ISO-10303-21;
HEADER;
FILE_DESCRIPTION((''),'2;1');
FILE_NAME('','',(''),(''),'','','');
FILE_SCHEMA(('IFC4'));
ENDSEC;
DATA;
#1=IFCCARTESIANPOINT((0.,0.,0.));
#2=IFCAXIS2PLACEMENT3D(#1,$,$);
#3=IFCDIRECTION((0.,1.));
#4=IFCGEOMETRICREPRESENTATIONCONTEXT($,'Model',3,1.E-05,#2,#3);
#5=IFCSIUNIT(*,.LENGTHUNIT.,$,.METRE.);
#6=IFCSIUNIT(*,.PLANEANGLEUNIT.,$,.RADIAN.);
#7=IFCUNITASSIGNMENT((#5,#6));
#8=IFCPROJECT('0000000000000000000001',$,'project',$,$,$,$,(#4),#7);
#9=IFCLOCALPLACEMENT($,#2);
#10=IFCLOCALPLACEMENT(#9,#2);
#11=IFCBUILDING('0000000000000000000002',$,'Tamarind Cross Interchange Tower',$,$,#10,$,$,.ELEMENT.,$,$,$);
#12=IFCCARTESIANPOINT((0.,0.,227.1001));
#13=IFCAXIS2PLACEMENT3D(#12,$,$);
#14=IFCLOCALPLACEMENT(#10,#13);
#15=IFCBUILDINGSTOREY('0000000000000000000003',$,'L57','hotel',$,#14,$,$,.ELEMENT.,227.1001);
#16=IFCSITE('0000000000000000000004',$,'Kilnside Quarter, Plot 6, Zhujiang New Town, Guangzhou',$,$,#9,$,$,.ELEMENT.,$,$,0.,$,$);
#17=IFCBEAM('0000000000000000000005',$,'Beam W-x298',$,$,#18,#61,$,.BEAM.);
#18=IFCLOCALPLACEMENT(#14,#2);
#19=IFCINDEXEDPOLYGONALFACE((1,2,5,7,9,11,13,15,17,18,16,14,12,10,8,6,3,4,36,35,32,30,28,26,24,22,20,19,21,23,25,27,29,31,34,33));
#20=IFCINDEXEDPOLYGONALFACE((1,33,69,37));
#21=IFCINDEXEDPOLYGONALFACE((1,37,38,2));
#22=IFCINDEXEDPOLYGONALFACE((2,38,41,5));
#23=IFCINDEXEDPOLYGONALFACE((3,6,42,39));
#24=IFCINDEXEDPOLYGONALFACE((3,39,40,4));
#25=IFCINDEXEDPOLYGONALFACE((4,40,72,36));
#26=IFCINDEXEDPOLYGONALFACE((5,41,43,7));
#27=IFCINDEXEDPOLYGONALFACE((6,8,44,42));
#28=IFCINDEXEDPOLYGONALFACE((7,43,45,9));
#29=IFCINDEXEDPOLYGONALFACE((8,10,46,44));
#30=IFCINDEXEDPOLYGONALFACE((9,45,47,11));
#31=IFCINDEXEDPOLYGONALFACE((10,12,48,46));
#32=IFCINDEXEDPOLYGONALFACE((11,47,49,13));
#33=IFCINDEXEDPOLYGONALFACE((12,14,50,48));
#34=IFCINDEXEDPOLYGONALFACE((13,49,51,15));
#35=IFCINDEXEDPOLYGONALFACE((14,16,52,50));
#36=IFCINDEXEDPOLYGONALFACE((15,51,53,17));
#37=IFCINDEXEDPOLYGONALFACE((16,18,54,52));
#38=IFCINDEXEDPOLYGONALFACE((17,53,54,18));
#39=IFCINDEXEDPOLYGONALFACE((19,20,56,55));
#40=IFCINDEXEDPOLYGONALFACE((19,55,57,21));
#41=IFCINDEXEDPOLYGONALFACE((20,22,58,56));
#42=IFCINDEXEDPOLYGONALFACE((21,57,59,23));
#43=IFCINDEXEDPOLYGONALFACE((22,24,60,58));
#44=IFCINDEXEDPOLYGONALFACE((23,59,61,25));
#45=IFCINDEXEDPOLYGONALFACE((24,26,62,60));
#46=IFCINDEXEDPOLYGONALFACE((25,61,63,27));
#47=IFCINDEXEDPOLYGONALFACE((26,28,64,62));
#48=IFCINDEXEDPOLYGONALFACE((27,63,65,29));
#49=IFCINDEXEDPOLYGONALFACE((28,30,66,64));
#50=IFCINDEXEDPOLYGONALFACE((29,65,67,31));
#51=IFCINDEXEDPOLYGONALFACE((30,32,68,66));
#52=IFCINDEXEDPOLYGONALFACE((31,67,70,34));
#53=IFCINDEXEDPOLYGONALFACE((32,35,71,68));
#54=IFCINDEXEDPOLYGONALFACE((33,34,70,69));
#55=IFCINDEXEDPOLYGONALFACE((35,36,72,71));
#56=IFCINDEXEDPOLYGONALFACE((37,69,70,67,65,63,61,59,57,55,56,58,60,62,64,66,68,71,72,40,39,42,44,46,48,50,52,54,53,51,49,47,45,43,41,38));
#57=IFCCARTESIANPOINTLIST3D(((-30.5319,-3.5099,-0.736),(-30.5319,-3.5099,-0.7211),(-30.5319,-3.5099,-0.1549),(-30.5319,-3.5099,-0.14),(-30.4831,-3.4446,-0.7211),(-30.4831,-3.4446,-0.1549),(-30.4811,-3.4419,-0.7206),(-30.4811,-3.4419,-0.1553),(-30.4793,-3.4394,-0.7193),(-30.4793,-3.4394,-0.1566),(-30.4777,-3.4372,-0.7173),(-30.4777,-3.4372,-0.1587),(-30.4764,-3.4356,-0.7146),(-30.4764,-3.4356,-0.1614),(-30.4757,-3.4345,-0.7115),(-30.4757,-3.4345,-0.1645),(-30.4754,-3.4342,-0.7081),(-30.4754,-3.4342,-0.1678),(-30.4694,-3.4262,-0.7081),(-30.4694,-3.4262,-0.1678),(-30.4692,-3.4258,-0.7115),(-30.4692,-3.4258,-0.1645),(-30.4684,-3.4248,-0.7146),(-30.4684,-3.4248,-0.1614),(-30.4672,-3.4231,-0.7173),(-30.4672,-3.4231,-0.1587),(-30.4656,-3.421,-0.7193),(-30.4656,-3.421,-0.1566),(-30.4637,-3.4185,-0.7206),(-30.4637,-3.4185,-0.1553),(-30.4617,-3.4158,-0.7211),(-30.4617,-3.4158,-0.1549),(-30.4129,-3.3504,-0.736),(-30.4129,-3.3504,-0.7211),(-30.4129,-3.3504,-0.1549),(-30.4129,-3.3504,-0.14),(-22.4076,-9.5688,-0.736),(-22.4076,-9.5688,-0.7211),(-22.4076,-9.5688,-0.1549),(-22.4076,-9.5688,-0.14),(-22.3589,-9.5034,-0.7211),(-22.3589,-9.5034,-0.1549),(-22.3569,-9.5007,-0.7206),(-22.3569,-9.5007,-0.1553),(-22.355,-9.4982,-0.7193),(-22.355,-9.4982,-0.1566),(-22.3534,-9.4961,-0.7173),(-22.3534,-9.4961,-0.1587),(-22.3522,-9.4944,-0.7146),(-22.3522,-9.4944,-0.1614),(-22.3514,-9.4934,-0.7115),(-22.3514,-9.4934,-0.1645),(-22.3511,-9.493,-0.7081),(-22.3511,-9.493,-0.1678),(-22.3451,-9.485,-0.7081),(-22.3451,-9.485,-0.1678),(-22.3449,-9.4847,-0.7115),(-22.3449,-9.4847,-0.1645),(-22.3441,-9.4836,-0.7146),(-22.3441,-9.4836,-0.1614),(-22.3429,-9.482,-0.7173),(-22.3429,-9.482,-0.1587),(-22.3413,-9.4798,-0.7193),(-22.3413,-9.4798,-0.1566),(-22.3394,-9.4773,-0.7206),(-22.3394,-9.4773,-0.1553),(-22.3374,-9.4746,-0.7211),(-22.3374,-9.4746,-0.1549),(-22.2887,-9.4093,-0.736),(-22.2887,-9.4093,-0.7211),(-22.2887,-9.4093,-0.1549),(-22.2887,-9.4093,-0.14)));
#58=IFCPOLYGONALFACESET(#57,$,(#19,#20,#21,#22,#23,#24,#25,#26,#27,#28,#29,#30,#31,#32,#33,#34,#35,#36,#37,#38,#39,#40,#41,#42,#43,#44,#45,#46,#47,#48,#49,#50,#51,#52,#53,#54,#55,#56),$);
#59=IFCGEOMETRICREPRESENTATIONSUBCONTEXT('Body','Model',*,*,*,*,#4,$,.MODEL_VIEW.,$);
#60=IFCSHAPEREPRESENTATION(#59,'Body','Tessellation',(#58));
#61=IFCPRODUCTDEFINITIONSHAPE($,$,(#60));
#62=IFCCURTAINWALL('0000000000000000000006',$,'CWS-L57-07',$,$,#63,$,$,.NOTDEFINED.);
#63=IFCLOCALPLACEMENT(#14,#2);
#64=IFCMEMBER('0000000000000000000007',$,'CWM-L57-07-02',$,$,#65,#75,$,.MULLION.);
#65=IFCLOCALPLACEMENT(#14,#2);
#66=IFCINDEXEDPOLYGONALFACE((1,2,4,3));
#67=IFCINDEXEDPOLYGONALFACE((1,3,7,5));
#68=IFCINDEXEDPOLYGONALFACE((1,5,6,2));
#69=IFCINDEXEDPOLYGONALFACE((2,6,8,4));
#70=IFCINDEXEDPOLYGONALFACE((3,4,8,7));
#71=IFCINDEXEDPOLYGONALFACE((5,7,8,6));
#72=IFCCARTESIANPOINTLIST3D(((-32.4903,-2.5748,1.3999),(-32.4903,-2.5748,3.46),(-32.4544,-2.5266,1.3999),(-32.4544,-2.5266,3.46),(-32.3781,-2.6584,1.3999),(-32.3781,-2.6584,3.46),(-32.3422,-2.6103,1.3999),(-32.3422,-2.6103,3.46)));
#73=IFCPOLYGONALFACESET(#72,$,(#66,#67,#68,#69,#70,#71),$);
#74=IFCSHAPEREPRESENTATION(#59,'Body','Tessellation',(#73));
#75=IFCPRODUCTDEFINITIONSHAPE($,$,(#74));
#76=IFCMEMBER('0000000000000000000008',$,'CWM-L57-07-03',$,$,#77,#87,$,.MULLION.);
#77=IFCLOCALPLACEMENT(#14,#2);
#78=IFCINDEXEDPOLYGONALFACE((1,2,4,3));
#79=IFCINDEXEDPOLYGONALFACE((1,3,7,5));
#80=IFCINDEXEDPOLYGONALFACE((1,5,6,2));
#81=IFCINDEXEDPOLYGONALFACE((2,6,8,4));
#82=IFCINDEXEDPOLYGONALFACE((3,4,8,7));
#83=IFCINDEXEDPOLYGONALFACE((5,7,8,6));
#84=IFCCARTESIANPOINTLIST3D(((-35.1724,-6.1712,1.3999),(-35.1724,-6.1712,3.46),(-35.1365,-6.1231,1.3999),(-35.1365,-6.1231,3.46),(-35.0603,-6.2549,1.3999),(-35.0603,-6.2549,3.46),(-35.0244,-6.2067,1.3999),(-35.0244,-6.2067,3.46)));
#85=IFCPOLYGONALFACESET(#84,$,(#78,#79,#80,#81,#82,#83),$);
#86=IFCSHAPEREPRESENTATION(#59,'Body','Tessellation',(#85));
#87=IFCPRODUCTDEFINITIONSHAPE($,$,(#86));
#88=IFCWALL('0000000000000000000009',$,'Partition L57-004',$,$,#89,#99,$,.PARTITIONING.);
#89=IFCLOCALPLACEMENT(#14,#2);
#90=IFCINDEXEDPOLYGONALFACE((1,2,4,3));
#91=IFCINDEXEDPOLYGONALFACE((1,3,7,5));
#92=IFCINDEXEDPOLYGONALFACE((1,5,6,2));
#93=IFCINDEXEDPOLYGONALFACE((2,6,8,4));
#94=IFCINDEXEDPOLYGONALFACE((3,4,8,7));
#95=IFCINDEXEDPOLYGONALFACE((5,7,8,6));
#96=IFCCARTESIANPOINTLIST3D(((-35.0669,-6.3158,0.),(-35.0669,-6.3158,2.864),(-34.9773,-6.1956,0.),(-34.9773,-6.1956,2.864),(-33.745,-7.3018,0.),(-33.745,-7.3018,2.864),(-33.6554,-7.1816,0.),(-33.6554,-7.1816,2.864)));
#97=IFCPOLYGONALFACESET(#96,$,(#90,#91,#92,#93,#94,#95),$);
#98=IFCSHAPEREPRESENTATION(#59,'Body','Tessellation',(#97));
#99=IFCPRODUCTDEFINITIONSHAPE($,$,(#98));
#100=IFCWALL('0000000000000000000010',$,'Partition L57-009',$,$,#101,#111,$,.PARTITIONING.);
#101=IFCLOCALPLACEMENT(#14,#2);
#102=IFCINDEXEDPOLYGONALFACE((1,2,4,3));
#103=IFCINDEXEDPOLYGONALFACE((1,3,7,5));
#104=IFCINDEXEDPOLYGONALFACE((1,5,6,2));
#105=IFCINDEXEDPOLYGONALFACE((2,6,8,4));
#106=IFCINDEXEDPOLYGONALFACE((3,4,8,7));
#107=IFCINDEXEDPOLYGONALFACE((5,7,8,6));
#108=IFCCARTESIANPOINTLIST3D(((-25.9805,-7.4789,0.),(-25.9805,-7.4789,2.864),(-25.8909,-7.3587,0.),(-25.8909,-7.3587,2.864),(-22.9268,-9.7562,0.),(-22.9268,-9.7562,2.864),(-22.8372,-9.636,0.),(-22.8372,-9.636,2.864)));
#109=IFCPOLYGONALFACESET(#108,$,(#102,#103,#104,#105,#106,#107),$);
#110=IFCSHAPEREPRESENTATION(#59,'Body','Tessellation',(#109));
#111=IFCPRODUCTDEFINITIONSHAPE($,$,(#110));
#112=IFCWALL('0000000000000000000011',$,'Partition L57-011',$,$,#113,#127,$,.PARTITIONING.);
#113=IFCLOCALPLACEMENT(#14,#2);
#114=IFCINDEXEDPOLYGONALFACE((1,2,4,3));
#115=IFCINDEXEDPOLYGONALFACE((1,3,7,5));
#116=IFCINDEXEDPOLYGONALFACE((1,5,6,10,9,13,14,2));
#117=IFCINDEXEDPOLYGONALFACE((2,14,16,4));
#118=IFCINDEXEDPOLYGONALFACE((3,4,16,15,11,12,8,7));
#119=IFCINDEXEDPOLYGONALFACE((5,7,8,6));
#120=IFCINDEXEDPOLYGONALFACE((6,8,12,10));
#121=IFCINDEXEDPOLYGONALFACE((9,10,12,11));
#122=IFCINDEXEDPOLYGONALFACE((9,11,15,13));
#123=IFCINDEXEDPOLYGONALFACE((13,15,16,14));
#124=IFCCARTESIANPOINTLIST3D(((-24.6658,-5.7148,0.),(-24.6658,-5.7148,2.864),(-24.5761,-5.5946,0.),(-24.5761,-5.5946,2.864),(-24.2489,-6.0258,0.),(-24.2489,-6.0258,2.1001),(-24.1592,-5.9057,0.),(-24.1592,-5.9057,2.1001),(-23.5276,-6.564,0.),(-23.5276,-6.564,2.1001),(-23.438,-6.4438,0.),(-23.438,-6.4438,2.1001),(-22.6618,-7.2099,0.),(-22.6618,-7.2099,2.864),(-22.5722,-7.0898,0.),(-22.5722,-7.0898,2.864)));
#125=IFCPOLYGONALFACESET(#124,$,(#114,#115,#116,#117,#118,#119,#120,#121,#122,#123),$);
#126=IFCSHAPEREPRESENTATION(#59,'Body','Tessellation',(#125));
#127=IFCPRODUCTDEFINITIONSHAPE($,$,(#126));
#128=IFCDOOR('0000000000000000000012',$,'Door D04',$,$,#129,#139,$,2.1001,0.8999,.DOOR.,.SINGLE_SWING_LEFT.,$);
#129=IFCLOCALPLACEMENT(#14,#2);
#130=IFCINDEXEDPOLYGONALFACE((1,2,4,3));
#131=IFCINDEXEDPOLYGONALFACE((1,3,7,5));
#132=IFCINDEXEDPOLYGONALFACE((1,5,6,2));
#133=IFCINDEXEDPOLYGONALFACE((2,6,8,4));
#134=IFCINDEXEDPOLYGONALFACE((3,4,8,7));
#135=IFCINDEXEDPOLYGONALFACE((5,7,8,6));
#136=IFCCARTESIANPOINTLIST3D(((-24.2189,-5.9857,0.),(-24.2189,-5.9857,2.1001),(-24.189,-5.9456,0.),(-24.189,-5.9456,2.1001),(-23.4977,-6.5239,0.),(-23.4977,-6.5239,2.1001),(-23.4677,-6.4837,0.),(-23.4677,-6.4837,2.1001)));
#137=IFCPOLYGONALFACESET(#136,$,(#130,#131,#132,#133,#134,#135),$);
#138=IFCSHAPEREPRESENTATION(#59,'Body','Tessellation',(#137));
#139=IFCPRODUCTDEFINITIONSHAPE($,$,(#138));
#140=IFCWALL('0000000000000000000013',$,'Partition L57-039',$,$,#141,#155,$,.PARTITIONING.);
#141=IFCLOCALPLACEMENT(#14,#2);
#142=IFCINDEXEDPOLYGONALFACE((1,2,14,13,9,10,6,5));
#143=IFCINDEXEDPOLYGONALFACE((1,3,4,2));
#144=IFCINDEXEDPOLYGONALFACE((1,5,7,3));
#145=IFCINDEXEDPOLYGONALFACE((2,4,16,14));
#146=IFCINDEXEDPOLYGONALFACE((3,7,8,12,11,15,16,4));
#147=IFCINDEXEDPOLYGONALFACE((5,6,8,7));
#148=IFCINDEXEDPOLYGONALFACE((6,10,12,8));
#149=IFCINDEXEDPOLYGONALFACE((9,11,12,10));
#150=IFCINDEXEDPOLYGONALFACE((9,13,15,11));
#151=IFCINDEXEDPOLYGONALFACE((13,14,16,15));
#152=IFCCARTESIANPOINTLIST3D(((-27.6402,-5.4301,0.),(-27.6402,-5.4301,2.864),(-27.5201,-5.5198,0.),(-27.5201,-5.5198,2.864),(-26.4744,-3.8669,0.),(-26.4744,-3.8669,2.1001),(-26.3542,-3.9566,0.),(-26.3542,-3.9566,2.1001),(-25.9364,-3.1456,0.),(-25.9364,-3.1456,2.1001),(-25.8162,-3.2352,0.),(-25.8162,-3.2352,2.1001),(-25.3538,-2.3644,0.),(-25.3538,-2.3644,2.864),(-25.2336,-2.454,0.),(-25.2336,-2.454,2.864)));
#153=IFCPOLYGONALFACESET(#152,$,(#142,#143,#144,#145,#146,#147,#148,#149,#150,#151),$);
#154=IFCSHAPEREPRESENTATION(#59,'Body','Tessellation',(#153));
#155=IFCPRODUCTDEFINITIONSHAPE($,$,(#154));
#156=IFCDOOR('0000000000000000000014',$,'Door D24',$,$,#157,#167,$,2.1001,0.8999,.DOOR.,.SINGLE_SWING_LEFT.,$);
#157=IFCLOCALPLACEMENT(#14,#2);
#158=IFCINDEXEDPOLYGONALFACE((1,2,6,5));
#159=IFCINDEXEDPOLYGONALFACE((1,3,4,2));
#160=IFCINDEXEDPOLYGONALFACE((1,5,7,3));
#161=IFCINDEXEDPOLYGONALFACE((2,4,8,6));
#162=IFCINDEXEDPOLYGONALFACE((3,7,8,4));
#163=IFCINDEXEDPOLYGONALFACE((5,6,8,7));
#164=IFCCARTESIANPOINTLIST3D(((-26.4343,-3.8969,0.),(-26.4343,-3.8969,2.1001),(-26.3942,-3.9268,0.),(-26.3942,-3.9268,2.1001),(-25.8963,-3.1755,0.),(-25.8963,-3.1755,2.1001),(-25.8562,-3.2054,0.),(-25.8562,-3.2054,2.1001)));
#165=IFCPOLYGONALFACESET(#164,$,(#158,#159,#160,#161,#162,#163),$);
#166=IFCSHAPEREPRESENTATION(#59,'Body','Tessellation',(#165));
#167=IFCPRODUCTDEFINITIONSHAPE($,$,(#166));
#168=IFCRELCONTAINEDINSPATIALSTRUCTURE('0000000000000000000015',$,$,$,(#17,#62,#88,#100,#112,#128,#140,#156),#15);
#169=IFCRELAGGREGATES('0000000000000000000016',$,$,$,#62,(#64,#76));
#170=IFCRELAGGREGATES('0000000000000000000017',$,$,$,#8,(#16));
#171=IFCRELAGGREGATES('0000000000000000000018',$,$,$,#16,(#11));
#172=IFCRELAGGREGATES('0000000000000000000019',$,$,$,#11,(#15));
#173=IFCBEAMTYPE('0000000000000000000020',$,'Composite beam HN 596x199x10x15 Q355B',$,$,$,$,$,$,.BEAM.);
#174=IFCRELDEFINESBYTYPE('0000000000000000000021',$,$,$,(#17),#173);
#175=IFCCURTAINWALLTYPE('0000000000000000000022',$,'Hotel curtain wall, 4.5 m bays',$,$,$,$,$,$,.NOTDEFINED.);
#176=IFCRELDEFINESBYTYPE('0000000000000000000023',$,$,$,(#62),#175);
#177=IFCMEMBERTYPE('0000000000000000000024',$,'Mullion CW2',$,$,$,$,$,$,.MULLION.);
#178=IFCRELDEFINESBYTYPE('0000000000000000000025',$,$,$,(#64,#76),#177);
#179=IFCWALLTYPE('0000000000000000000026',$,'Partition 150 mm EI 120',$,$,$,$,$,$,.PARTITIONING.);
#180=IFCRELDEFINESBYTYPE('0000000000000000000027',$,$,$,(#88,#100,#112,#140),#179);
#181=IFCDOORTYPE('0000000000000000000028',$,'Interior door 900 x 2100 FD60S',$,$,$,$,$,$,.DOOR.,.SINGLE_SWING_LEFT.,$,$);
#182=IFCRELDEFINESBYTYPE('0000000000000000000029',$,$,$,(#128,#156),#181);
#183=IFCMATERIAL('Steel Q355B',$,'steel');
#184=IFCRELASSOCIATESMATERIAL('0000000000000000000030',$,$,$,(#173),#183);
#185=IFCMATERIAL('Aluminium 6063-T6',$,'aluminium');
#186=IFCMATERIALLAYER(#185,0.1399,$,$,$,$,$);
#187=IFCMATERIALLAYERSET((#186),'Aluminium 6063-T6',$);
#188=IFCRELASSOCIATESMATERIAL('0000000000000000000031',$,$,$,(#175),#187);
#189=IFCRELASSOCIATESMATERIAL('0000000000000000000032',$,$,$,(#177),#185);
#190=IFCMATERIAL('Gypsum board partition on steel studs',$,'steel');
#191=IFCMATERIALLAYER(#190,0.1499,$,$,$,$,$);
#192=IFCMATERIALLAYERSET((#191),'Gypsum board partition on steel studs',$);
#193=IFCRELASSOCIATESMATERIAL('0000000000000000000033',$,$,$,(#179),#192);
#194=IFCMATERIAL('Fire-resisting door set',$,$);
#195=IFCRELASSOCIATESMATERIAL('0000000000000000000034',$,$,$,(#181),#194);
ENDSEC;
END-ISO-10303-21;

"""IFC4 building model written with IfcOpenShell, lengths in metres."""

from ifc_helpers import new_model, si_unit, direction, frame, frame_2d, origin, origin_2d, place, context, subcontext, project, spatial, rectangle, i_section, extrude, material, layer, layer_set, material_profile, profile_set, type_object, element, fill, aggregate, save


model = new_model("IFC4")

# Units and contexts
model_context = context("Model", 3, precision=1e-05, world=origin(), true_north=direction((0.0, 1.0)))
body_context = subcontext(model_context, "Body", "Model", "MODEL_VIEW")
ifc_project = project(units=[si_unit("LENGTHUNIT", "METRE"), si_unit("PLANEANGLEUNIT", "RADIAN")], contexts=[model_context])

# Site, building, storey
site_placement = place(None, origin())
site = spatial("IfcSite", under=ifc_project, at=site_placement, Name="Kilnside Quarter, Plot 6, Zhujiang New Town, Guangzhou", CompositionType="ELEMENT", RefElevation=0.0)
building_placement = place(site_placement, origin())
building = spatial("IfcBuilding", under=site, at=building_placement, Name="Tamarind Cross Interchange Tower", CompositionType="ELEMENT")
storey_placement = place(building_placement, frame((0.0, 0.0, 227.1001)))
storey = spatial("IfcBuildingStorey", under=building, at=storey_placement, Name="L57", Description="hotel", CompositionType="ELEMENT", Elevation=227.1001)

# Beam
ifc_material_1 = material(Name="Steel Q355B", Category="steel")
ifc_material_profile_1 = material_profile(ifc_material_1, i_section(OverallWidth=0.199, OverallDepth=0.5959, WebThickness=0.01, FlangeThickness=0.0149, FilletRadius=0.0129, at=origin_2d()), Name="HN 596x199x10x15")
ifc_profile_set_1 = profile_set([ifc_material_profile_1], Name="Steel Q355B")
beam_type_1 = type_object("IfcBeamType", Name="Composite beam HN 596x199x10x15 Q355B", PredefinedType="BEAM", material=ifc_profile_set_1)
beam_1_placement = place(storey_placement, frame((-30.4724, -3.4302, -0.438), z_axis=(0.801625, -0.597828, 0.0), x_axis=(0.597828, 0.801625, 0.0)))
element("IfcBeam", 1, at=beam_1_placement, inside=storey, type_object=beam_type_1, Name="Beam W-x298", PredefinedType="BEAM", context=body_context, shape_type="SweptSolid", body=[
    extrude(i_section(OverallWidth=0.199, OverallDepth=0.5959, WebThickness=0.01, FlangeThickness=0.0149, FilletRadius=0.0129, at=origin_2d()), origin(), (0.0, 0.0, 1.0), 10.1348),
])

# Curtain wall, members
ifc_material_2 = material(Name="Aluminium 6063-T6", Category="aluminium")
ifc_layer_1 = layer(ifc_material_2, 0.1399)
ifc_layer_set_1 = layer_set([ifc_layer_1], Name="Aluminium 6063-T6")
curtain_wall_type = type_object("IfcCurtainWallType", Name="Hotel curtain wall, 4.5 m bays", PredefinedType="NOTDEFINED", material=ifc_layer_set_1)
curtain_wall_placement = place(storey_placement, origin())
curtain_wall = element("IfcCurtainWall", 2, at=curtain_wall_placement, inside=storey, type_object=curtain_wall_type, Name="CWS-L57-07", PredefinedType="NOTDEFINED")
ifc_material_profile_2 = material_profile(ifc_material_2, rectangle(XDim=0.0601, YDim=0.1399, at=origin_2d()), Name="Mullion CW2")
ifc_profile_set_2 = profile_set([ifc_material_profile_2], Name="Aluminium 6063-T6")
member_type = type_object("IfcMemberType", Name="Mullion CW2", PredefinedType="MULLION", material=ifc_profile_set_2)
member_1_placement = place(storey_placement, frame((-32.4163, -2.5925, 1.3999), z_axis=(0.0, 0.0, 1.0), x_axis=(-0.597838, -0.801617, 0.0)))
member_1 = element("IfcMember", 3, at=member_1_placement, type_object=member_type, Name="CWM-L57-07-02", PredefinedType="MULLION", context=body_context, shape_type="SweptSolid", body=[
    extrude(rectangle(XDim=0.0601, YDim=0.1399, at=origin_2d()), origin(), (0.0, 0.0, 1.0), 2.0601),
])
member_2_placement = place(storey_placement, frame((-35.0984, -6.189, 1.3999), z_axis=(0.0, 0.0, 1.0), x_axis=(-0.597838, -0.801617, 0.0)))
member_2 = element("IfcMember", 4, at=member_2_placement, type_object=member_type, Name="CWM-L57-07-03", PredefinedType="MULLION", context=body_context, shape_type="SweptSolid", body=[
    extrude(rectangle(XDim=0.0601, YDim=0.1399, at=origin_2d()), origin(), (0.0, 0.0, 1.0), 2.0601),
])
aggregate(curtain_wall, [member_1, member_2])

# Walls
ifc_material_3 = material(Name="Gypsum board partition on steel studs", Category="steel")
ifc_layer_2 = layer(ifc_material_3, 0.1499)
ifc_layer_set_2 = layer_set([ifc_layer_2], Name="Gypsum board partition on steel studs")
wall_type_1 = type_object("IfcWallType", Name="Partition 150 mm EI 120", PredefinedType="PARTITIONING", material=ifc_layer_set_2)
wall_1_placement = place(storey_placement, frame((-35.0222, -6.2556, 0.0), z_axis=(0.0, 0.0, 1.0), x_axis=(0.801578, -0.59789, 0.0)))
element("IfcWall", 5, at=wall_1_placement, inside=storey, type_object=wall_type_1, Name="Partition L57-004", PredefinedType="PARTITIONING", context=body_context, shape_type="SweptSolid", body=[
    extrude(rectangle(XDim=1.6492, YDim=0.1499, at=frame_2d((0.8247, 0.0))), origin(), (0.0, 0.0, 1.0), 2.864),
])
wall_2_placement = place(storey_placement, frame((-25.9358, -7.4187, 0.0), z_axis=(0.0, 0.0, 1.0), x_axis=(0.801627, -0.597824, 0.0)))
element("IfcWall", 6, at=wall_2_placement, inside=storey, type_object=wall_type_1, Name="Partition L57-009", PredefinedType="PARTITIONING", context=body_context, shape_type="SweptSolid", body=[
    extrude(rectangle(XDim=3.8093, YDim=0.1499, at=frame_2d((1.9048, 0.0))), origin(), (0.0, 0.0, 1.0), 2.864),
])

# Walls, openings, doors
wall_3_placement = place(storey_placement, frame((-24.6208, -5.6548, 0.0), z_axis=(0.0, 0.0, 1.0), x_axis=(0.801497, -0.597998, 0.0)))
wall_3 = element("IfcWall", 7, at=wall_3_placement, inside=storey, type_object=wall_type_1, Name="Partition L57-011", PredefinedType="PARTITIONING", context=body_context, shape_type="SweptSolid", body=[
    extrude(rectangle(XDim=2.5002, YDim=0.1499, at=frame_2d((1.25, 0.0))), origin(), (0.0, 0.0, 1.0), 2.864),
])
opening_1_placement = place(wall_3_placement, frame((0.52, 0.0, 0.0)))
opening_1 = element("IfcOpeningElement", 8, at=opening_1_placement, cuts=wall_3, PredefinedType="OPENING", context=body_context, shape_type="SweptSolid", body=[
    extrude(rectangle(XDim=0.8999, YDim=2.1001, at=frame_2d((0.45, 1.05))), frame((0.0, 0.085, 0.0), z_axis=(0.0, -1.0, 0.0), x_axis=(1.0, 0.0, 0.0)), (0.0, 0.0, 1.0), 0.1699),
])
ifc_material_4 = material(Name="Fire-resisting door set")
door_type_1 = type_object("IfcDoorType", Name="Interior door 900 x 2100 FD60S", OperationType="SINGLE_SWING_LEFT", PredefinedType="DOOR", material=ifc_material_4)
door_1_placement = place(opening_1_placement, frame((0.8999, 0.0, 0.0), z_axis=(0.0, 0.0, 1.0), x_axis=(-1.0, 0.0, 0.0)))
door_1 = element("IfcDoor", 9, at=door_1_placement, inside=storey, type_object=door_type_1, Name="Door D04", OperationType="SINGLE_SWING_LEFT", OverallHeight=2.1001, OverallWidth=0.8999, PredefinedType="DOOR", context=body_context, shape_type="SweptSolid", body=[
    extrude(rectangle(XDim=0.8999, YDim=2.1001, at=frame_2d((0.45, 1.05))), frame((0.0, 0.0249, 0.0), z_axis=(0.0, -1.0, 0.0), x_axis=(1.0, 0.0, 0.0)), (0.0, 0.0, 1.0), 0.05),
])
fill(opening_1, door_1)
wall_4_placement = place(storey_placement, frame((-27.5801, -5.4749, 0.0), z_axis=(0.0, 0.0, 1.0), x_axis=(0.597843, 0.801613, 0.0)))
wall_4 = element("IfcWall", 10, at=wall_4_placement, inside=storey, type_object=wall_type_1, Name="Partition L57-039", PredefinedType="PARTITIONING", context=body_context, shape_type="SweptSolid", body=[
    extrude(rectangle(XDim=3.8245, YDim=0.1499, at=frame_2d((1.9121, 0.0))), origin(), (0.0, 0.0, 1.0), 2.864),
])
opening_2_placement = place(wall_4_placement, frame((1.95, 0.0, 0.0)))
opening_2 = element("IfcOpeningElement", 11, at=opening_2_placement, cuts=wall_4, PredefinedType="OPENING", context=body_context, shape_type="SweptSolid", body=[
    extrude(rectangle(XDim=0.8999, YDim=2.1001, at=frame_2d((0.45, 1.05))), frame((0.0, 0.085, 0.0), z_axis=(0.0, -1.0, 0.0), x_axis=(1.0, 0.0, 0.0)), (0.0, 0.0, 1.0), 0.1699),
])
door_2_placement = place(opening_2_placement, origin())
door_2 = element("IfcDoor", 12, at=door_2_placement, inside=storey, type_object=door_type_1, Name="Door D24", OperationType="SINGLE_SWING_LEFT", OverallHeight=2.1001, OverallWidth=0.8999, PredefinedType="DOOR", context=body_context, shape_type="SweptSolid", body=[
    extrude(rectangle(XDim=0.8999, YDim=2.1001, at=frame_2d((0.45, 1.05))), frame((0.0, 0.0249, 0.0), z_axis=(0.0, -1.0, 0.0), x_axis=(1.0, 0.0, 0.0)), (0.0, 0.0, 1.0), 0.05),
])
fill(opening_2, door_2)

save(model, "model.ifc")
